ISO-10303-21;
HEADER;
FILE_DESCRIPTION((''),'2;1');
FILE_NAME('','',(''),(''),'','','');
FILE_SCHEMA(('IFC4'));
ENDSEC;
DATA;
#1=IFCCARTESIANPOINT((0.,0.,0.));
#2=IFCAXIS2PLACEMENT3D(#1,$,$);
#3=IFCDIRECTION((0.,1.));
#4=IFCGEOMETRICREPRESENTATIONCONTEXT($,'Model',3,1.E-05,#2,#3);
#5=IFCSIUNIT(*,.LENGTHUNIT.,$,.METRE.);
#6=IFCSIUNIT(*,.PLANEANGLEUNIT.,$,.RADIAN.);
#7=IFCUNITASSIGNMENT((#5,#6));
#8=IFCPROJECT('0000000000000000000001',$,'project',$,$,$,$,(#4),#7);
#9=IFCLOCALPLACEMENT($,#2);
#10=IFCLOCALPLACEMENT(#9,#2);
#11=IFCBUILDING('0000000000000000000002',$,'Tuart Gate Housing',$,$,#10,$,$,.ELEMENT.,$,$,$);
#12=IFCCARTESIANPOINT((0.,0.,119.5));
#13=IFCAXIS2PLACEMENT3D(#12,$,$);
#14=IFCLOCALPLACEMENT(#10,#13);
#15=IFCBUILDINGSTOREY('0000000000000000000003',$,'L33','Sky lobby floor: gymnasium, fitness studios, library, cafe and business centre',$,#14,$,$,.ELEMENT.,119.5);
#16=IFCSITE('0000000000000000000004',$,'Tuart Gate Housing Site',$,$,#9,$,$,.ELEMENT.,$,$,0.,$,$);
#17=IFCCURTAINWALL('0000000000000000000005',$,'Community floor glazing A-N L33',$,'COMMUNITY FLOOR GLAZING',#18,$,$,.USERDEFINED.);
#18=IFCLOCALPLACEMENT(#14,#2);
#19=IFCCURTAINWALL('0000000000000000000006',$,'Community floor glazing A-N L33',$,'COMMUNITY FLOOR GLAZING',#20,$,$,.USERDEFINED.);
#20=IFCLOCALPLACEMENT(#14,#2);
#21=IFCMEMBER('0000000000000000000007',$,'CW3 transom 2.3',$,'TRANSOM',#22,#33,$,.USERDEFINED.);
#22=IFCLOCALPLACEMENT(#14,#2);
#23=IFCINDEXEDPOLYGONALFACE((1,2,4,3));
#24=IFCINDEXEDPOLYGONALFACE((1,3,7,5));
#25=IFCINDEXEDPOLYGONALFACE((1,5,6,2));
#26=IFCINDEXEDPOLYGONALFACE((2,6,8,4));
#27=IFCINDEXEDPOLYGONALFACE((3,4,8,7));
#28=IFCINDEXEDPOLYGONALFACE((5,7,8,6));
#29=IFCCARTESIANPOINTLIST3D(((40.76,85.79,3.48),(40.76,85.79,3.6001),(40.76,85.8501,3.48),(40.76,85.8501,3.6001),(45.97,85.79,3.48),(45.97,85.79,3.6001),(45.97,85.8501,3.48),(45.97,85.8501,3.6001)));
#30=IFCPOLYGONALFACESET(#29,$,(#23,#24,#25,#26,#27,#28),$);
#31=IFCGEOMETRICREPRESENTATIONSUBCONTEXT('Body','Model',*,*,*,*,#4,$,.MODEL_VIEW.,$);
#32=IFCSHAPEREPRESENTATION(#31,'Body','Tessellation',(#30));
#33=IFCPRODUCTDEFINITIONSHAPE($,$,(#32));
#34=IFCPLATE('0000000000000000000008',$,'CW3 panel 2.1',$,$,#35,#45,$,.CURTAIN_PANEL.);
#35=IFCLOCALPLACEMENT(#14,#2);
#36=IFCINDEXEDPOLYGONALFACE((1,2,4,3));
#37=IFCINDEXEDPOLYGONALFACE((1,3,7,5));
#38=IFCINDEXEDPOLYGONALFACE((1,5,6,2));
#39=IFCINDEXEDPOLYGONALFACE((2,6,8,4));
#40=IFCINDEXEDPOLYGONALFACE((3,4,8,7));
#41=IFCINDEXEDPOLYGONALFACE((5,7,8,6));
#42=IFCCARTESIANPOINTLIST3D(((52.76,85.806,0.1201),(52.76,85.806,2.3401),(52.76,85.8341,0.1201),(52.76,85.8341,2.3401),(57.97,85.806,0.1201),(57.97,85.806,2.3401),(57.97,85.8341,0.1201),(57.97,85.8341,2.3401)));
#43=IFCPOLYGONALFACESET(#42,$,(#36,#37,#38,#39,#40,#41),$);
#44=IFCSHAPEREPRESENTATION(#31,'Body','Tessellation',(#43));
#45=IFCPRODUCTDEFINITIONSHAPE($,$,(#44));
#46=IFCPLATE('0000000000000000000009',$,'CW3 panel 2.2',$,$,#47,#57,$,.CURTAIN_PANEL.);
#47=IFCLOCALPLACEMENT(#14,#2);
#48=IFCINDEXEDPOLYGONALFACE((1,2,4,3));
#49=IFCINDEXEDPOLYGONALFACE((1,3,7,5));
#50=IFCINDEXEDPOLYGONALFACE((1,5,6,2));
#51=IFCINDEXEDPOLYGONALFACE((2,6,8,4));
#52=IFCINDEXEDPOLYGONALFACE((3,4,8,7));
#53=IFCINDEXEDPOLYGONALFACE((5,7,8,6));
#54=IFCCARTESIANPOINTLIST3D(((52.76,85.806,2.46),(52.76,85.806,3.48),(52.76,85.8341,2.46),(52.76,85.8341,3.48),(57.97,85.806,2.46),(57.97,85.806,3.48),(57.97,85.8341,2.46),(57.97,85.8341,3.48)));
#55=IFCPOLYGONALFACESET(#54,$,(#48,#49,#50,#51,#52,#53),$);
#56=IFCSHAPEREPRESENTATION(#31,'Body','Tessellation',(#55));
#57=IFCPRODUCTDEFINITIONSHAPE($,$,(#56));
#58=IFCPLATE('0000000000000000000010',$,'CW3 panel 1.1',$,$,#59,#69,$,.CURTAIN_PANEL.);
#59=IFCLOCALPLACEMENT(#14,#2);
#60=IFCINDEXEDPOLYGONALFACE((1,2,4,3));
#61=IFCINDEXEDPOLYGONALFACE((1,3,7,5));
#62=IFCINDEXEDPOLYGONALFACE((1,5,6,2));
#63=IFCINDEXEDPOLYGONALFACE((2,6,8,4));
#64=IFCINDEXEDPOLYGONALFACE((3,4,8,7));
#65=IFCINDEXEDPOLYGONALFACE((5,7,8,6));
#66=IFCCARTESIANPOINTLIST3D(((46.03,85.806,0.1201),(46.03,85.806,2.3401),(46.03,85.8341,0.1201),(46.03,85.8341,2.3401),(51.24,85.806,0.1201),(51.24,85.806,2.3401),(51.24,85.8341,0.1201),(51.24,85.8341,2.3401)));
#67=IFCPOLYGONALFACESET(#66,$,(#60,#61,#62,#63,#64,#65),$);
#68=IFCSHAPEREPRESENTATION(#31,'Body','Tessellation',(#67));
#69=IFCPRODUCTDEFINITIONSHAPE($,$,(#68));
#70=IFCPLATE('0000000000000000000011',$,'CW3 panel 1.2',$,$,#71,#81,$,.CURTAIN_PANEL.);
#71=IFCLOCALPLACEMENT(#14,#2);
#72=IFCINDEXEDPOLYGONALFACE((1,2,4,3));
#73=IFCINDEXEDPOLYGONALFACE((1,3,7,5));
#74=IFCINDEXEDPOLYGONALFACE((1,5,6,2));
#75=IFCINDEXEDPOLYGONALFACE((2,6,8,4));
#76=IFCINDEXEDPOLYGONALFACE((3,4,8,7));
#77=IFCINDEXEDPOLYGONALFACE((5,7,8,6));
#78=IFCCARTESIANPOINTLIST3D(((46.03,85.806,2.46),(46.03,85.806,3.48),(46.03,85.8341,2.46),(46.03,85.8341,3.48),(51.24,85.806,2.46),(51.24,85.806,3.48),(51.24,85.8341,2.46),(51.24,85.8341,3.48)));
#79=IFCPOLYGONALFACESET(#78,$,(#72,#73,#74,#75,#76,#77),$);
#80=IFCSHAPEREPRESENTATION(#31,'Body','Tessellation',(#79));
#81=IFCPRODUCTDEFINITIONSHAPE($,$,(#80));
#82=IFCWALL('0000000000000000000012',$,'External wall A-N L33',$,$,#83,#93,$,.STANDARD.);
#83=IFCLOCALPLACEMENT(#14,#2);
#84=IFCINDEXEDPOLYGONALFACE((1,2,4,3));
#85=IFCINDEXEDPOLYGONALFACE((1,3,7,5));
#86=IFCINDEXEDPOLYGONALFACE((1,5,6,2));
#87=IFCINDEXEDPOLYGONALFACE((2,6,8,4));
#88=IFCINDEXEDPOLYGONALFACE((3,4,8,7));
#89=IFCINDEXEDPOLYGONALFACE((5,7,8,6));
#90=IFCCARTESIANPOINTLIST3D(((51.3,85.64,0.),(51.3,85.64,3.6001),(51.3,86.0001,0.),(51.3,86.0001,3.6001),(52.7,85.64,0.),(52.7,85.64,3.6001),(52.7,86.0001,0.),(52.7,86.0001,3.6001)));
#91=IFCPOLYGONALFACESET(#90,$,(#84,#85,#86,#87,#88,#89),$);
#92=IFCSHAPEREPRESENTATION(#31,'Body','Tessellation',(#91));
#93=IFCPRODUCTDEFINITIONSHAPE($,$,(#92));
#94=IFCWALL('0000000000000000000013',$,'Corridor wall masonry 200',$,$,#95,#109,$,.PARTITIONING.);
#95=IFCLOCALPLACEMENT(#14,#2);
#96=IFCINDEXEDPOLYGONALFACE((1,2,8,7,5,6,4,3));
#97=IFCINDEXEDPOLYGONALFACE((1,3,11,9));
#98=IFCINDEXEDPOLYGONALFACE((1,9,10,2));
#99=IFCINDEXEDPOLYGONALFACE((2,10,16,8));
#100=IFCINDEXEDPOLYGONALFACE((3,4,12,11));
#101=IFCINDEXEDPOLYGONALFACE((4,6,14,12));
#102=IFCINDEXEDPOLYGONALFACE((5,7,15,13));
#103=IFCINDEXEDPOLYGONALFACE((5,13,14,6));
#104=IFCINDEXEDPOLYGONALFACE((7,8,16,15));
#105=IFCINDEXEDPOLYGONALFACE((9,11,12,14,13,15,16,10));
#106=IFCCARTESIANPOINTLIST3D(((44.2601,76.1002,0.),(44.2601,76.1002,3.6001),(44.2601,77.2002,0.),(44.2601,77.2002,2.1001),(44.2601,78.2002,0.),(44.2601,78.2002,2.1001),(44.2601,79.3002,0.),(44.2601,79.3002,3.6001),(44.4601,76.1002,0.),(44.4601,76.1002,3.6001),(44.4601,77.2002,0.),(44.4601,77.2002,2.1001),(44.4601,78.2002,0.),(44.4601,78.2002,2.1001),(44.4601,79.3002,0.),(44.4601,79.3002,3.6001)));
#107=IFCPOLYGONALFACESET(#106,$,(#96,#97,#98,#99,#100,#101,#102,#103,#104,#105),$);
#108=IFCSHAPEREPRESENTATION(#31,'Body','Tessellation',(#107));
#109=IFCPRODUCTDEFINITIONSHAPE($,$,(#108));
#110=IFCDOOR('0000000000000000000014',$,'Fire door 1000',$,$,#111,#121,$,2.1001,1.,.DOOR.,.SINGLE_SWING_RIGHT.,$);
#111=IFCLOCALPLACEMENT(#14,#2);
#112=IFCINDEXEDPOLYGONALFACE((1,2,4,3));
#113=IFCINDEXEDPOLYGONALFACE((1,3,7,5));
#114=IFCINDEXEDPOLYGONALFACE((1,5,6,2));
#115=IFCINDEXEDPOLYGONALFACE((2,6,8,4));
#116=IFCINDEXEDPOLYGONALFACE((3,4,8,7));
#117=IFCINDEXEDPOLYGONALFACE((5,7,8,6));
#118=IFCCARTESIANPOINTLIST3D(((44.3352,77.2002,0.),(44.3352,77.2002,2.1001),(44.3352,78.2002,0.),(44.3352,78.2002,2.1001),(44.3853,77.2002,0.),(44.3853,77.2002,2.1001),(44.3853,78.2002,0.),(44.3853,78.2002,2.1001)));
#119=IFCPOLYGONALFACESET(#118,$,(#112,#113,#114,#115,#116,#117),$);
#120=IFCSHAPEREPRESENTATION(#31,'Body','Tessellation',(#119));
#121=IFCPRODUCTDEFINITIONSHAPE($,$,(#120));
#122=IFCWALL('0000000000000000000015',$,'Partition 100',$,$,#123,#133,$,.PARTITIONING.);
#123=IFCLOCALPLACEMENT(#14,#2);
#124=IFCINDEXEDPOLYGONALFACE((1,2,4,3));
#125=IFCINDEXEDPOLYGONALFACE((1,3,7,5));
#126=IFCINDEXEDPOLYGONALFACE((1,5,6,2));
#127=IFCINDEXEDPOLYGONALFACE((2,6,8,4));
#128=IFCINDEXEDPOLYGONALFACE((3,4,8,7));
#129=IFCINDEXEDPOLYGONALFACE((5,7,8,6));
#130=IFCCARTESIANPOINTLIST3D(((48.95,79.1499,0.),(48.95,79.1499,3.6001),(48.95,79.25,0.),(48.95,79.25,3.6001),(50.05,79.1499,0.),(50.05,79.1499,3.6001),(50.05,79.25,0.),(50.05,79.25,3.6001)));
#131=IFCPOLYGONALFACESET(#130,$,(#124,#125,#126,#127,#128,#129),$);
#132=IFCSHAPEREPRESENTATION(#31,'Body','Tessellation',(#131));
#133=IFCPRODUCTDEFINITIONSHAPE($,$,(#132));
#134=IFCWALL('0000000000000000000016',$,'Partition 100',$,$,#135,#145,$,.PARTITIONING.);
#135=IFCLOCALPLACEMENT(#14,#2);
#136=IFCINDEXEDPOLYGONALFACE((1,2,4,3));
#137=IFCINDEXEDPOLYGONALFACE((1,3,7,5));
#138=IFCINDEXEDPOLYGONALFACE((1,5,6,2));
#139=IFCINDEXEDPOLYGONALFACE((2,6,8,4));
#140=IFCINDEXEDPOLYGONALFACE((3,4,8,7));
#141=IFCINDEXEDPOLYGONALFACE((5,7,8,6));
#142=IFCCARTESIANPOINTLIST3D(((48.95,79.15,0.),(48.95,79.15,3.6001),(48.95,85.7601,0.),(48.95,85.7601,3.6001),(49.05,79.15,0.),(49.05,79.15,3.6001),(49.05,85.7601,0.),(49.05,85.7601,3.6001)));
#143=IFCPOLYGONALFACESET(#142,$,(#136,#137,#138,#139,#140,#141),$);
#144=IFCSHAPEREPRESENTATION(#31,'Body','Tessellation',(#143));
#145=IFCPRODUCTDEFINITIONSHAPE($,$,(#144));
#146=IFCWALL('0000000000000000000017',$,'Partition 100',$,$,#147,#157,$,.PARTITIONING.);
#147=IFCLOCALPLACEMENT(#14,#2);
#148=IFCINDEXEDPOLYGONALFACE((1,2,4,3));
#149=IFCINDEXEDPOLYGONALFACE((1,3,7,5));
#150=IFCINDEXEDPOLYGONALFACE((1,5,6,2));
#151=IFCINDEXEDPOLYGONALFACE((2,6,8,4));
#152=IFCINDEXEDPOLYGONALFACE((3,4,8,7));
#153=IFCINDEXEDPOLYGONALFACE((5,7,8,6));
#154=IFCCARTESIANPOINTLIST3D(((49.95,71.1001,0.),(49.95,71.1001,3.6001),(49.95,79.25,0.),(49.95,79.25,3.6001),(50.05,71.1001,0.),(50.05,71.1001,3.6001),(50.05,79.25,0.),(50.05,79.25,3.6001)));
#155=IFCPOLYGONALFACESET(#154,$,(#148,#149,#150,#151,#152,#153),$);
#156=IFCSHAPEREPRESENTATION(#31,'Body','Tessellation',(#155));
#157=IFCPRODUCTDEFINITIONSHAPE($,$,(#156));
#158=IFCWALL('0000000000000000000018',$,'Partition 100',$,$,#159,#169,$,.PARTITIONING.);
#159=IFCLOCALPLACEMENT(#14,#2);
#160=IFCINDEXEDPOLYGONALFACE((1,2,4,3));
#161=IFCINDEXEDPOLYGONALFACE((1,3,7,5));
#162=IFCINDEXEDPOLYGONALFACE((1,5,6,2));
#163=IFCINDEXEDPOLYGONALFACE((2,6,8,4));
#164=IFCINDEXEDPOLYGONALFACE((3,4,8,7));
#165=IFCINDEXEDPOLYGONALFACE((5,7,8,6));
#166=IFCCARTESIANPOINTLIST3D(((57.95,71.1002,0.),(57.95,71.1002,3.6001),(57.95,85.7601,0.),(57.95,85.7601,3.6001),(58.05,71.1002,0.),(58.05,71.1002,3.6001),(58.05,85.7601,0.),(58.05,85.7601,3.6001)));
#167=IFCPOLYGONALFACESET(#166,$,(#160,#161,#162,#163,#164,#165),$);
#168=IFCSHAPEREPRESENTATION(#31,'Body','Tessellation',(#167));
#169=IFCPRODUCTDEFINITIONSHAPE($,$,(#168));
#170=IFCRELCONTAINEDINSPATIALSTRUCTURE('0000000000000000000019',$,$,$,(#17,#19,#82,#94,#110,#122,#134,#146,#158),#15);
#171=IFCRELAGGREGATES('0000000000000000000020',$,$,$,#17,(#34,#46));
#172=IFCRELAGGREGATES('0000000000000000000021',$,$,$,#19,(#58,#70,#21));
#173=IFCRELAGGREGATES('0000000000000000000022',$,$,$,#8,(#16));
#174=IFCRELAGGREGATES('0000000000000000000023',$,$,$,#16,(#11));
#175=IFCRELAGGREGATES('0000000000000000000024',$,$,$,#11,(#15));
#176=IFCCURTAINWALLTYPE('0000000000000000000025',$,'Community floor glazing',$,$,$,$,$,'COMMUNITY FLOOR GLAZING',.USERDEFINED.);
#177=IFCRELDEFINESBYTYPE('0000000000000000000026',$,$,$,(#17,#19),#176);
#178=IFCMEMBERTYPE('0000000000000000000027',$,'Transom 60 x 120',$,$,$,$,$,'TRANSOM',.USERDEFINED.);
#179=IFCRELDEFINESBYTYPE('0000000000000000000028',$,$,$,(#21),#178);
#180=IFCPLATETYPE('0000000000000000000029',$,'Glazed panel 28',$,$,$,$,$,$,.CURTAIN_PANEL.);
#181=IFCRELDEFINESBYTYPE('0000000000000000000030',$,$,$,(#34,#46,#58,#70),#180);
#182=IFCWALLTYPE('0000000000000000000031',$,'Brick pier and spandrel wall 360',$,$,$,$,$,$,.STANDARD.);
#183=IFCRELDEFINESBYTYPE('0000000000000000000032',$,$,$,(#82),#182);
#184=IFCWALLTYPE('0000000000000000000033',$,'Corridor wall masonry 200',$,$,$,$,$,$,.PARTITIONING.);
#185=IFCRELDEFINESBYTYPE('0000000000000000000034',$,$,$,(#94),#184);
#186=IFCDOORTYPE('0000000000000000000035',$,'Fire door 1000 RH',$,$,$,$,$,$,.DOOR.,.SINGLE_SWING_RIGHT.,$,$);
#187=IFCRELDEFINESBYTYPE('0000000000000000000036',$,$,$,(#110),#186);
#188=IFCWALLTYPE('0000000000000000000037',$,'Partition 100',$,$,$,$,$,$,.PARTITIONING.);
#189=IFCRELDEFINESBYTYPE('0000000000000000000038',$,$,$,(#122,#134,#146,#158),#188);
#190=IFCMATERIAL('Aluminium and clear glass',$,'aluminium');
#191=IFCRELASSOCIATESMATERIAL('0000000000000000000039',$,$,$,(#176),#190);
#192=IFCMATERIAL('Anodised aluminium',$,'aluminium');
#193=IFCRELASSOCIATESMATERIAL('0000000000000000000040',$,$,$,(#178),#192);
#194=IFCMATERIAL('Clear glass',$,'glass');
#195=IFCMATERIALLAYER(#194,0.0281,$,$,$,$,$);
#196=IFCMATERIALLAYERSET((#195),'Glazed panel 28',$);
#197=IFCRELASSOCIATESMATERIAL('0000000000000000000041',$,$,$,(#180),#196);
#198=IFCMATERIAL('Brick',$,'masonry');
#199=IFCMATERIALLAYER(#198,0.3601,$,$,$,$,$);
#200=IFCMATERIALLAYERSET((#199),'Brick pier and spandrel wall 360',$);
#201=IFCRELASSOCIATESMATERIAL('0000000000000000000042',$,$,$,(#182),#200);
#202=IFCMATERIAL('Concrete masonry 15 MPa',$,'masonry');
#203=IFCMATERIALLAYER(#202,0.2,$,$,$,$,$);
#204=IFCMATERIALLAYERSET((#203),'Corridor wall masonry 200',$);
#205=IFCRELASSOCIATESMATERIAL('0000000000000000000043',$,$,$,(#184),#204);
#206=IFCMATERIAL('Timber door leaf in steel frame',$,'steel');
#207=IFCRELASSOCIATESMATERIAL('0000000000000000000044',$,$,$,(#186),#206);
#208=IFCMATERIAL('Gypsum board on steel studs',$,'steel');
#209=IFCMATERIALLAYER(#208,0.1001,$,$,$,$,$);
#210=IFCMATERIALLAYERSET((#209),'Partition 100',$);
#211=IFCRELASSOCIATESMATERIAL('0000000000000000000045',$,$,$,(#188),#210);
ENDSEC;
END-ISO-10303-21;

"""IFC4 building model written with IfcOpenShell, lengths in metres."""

from ifc_helpers import new_model, si_unit, direction, frame, frame_2d, origin, origin_2d, place, context, subcontext, project, spatial, rectangle, extrude, material, layer, layer_set, material_profile, profile_set, type_object, element, fill, aggregate, save


model = new_model("IFC4")

# Units and contexts
model_context = context("Model", 3, precision=1e-05, world=origin(), true_north=direction((0.0, 1.0)))
body_context = subcontext(model_context, "Body", "Model", "MODEL_VIEW")
ifc_project = project(units=[si_unit("LENGTHUNIT", "METRE"), si_unit("PLANEANGLEUNIT", "RADIAN")], contexts=[model_context])

# Site, building, storey
site_placement = place(None, origin())
site = spatial("IfcSite", under=ifc_project, at=site_placement, Name="Tuart Gate Housing Site", CompositionType="ELEMENT", RefElevation=0.0)
building_placement = place(site_placement, origin())
building = spatial("IfcBuilding", under=site, at=building_placement, Name="Tuart Gate Housing", CompositionType="ELEMENT")
storey_placement = place(building_placement, frame((0.0, 0.0, 119.5)))
storey = spatial("IfcBuildingStorey", under=building, at=storey_placement, Name="L33", Description="Sky lobby floor: gymnasium, fitness studios, library, cafe and business centre", CompositionType="ELEMENT", Elevation=119.5)

# Curtain walls
ifc_material_1 = material(Name="Aluminium and clear glass", Category="aluminium")
curtain_wall_type = type_object("IfcCurtainWallType", Name="Community floor glazing", ElementType="COMMUNITY FLOOR GLAZING", PredefinedType="USERDEFINED", material=ifc_material_1)
curtain_wall_1_placement = place(storey_placement, origin())
curtain_wall_1 = element("IfcCurtainWall", 1, at=curtain_wall_1_placement, inside=storey, type_object=curtain_wall_type, Name="Community floor glazing A-N L33", ObjectType="COMMUNITY FLOOR GLAZING", PredefinedType="USERDEFINED")
curtain_wall_2_placement = place(storey_placement, origin())
curtain_wall_2 = element("IfcCurtainWall", 2, at=curtain_wall_2_placement, inside=storey, type_object=curtain_wall_type, Name="Community floor glazing A-N L33", ObjectType="COMMUNITY FLOOR GLAZING", PredefinedType="USERDEFINED")

# Member
ifc_material_2 = material(Name="Anodised aluminium", Category="aluminium")
ifc_material_profile_1 = material_profile(ifc_material_2, rectangle(XDim=0.0601, YDim=0.1201, at=origin_2d()), Name="60x120")
ifc_profile_set_1 = profile_set([ifc_material_profile_1], Name="Anodised aluminium")
member_type_1 = type_object("IfcMemberType", Name="Transom 60 x 120", ElementType="TRANSOM", PredefinedType="USERDEFINED", material=ifc_profile_set_1)
member_1_placement = place(storey_placement, frame((45.97, 85.8201, 3.54), z_axis=(-1.0, 0.0, 0.0), x_axis=(0.0, -1.0, 0.0)))
member_1 = element("IfcMember", 3, at=member_1_placement, type_object=member_type_1, Name="CW3 transom 2.3", ObjectType="TRANSOM", PredefinedType="USERDEFINED", context=body_context, shape_type="SweptSolid", body=[
    extrude(rectangle(XDim=0.0601, YDim=0.1201, at=origin_2d()), origin(), (0.0, 0.0, 1.0), 5.21),
])

# Plates
ifc_material_3 = material(Name="Clear glass", Category="glass")
ifc_layer_1 = layer(ifc_material_3, 0.0281)
ifc_layer_set_1 = layer_set([ifc_layer_1], Name="Glazed panel 28")
plate_type = type_object("IfcPlateType", Name="Glazed panel 28", PredefinedType="CURTAIN_PANEL", material=ifc_layer_set_1)
plate_1_placement = place(storey_placement, frame((55.365, 85.8201, 0.1201), z_axis=(0.0, 0.0, 1.0), x_axis=(-1.0, 0.0, 0.0)))
plate_1 = element("IfcPlate", 4, at=plate_1_placement, type_object=plate_type, Name="CW3 panel 2.1", PredefinedType="CURTAIN_PANEL", context=body_context, shape_type="SweptSolid", body=[
    extrude(rectangle(XDim=5.21, YDim=0.0281, at=origin_2d()), origin(), (0.0, 0.0, 1.0), 2.22),
])
plate_2_placement = place(storey_placement, frame((55.365, 85.8201, 2.46), z_axis=(0.0, 0.0, 1.0), x_axis=(-1.0, 0.0, 0.0)))
plate_2 = element("IfcPlate", 5, at=plate_2_placement, type_object=plate_type, Name="CW3 panel 2.2", PredefinedType="CURTAIN_PANEL", context=body_context, shape_type="SweptSolid", body=[
    extrude(rectangle(XDim=5.21, YDim=0.0281, at=origin_2d()), origin(), (0.0, 0.0, 1.0), 1.02),
])
aggregate(curtain_wall_1, [plate_1, plate_2])
plate_3_placement = place(storey_placement, frame((48.635, 85.8201, 0.1201), z_axis=(0.0, 0.0, 1.0), x_axis=(-1.0, 0.0, 0.0)))
plate_3 = element("IfcPlate", 6, at=plate_3_placement, type_object=plate_type, Name="CW3 panel 1.1", PredefinedType="CURTAIN_PANEL", context=body_context, shape_type="SweptSolid", body=[
    extrude(rectangle(XDim=5.21, YDim=0.0281, at=origin_2d()), origin(), (0.0, 0.0, 1.0), 2.22),
])
plate_4_placement = place(storey_placement, frame((48.635, 85.8201, 2.46), z_axis=(0.0, 0.0, 1.0), x_axis=(-1.0, 0.0, 0.0)))
plate_4 = element("IfcPlate", 7, at=plate_4_placement, type_object=plate_type, Name="CW3 panel 1.2", PredefinedType="CURTAIN_PANEL", context=body_context, shape_type="SweptSolid", body=[
    extrude(rectangle(XDim=5.21, YDim=0.0281, at=origin_2d()), origin(), (0.0, 0.0, 1.0), 1.02),
])
aggregate(curtain_wall_2, [plate_3, plate_4, member_1])

# Wall
ifc_material_4 = material(Name="Brick", Category="masonry")
ifc_layer_2 = layer(ifc_material_4, 0.3601)
ifc_layer_set_2 = layer_set([ifc_layer_2], Name="Brick pier and spandrel wall 360")
wall_type_1 = type_object("IfcWallType", Name="Brick pier and spandrel wall 360", PredefinedType="STANDARD", material=ifc_layer_set_2)
wall_1_placement = place(storey_placement, frame((52.7, 85.8201, 0.0), z_axis=(0.0, 0.0, 1.0), x_axis=(-1.0, 0.0, 0.0)))
element("IfcWall", 8, at=wall_1_placement, inside=storey, type_object=wall_type_1, Name="External wall A-N L33", PredefinedType="STANDARD", context=body_context, shape_type="SweptSolid", body=[
    extrude(rectangle(XDim=1.3999, YDim=0.3601, at=frame_2d((0.7, 0.0))), origin(), (0.0, 0.0, 1.0), 3.6001),
])

# Wall, opening, door
ifc_material_5 = material(Name="Concrete masonry 15 MPa", Category="masonry")
ifc_layer_3 = layer(ifc_material_5, 0.2)
ifc_layer_set_3 = layer_set([ifc_layer_3], Name="Corridor wall masonry 200")
wall_type_2 = type_object("IfcWallType", Name="Corridor wall masonry 200", PredefinedType="PARTITIONING", material=ifc_layer_set_3)
wall_2_placement = place(storey_placement, frame((44.3601, 76.1001, 0.0), z_axis=(0.0, 0.0, 1.0), x_axis=(0.0, 1.0, 0.0)))
wall_2 = element("IfcWall", 9, at=wall_2_placement, inside=storey, type_object=wall_type_2, Name="Corridor wall masonry 200", PredefinedType="PARTITIONING", context=body_context, shape_type="SweptSolid", body=[
    extrude(rectangle(XDim=3.2, YDim=0.2, at=frame_2d((1.6001, 0.0))), origin(), (0.0, 0.0, 1.0), 3.6001),
])
opening_placement = place(wall_2_placement, frame((1.1001, 0.0, 0.0)))
opening = element("IfcOpeningElement", 10, at=opening_placement, cuts=wall_2, PredefinedType="OPENING", context=body_context, shape_type="SweptSolid", body=[
    extrude(rectangle(XDim=1.0, YDim=2.1001, at=frame_2d((0.5, 1.05))), frame((0.0, 0.1099, 0.0), z_axis=(0.0, -1.0, 0.0), x_axis=(1.0, 0.0, 0.0)), (0.0, 0.0, 1.0), 0.22),
])
ifc_material_6 = material(Name="Timber door leaf in steel frame", Category="steel")
door_type = type_object("IfcDoorType", Name="Fire door 1000 RH", OperationType="SINGLE_SWING_RIGHT", PredefinedType="DOOR", material=ifc_material_6)
door_placement = place(opening_placement, frame((1.0, 0.0, 0.0), z_axis=(0.0, 0.0, 1.0), x_axis=(-1.0, 0.0, 0.0)))
door = element("IfcDoor", 11, at=door_placement, inside=storey, type_object=door_type, Name="Fire door 1000", OperationType="SINGLE_SWING_RIGHT", OverallHeight=2.1001, OverallWidth=1.0, PredefinedType="DOOR", context=body_context, shape_type="SweptSolid", body=[
    extrude(rectangle(XDim=1.0, YDim=2.1001, at=frame_2d((0.5, 1.05))), frame((0.0, 0.0251, 0.0), z_axis=(0.0, -1.0, 0.0), x_axis=(1.0, 0.0, 0.0)), (0.0, 0.0, 1.0), 0.05),
])
fill(opening, door)

# Walls
ifc_material_7 = material(Name="Gypsum board on steel studs", Category="steel")
ifc_layer_4 = layer(ifc_material_7, 0.1001)
ifc_layer_set_4 = layer_set([ifc_layer_4], Name="Partition 100")
wall_type_3 = type_object("IfcWallType", Name="Partition 100", PredefinedType="PARTITIONING", material=ifc_layer_set_4)
wall_3_placement = place(storey_placement, frame((48.95, 79.2, 0.0), z_axis=(0.0, 0.0, 1.0), x_axis=(1.0, 0.0, 0.0)))
element("IfcWall", 12, at=wall_3_placement, inside=storey, type_object=wall_type_3, Name="Partition 100", PredefinedType="PARTITIONING", context=body_context, shape_type="SweptSolid", body=[
    extrude(rectangle(XDim=1.1001, YDim=0.1001, at=frame_2d((0.55, 0.0))), origin(), (0.0, 0.0, 1.0), 3.6001),
])
wall_4_placement = place(storey_placement, frame((49.0, 79.1499, 0.0), z_axis=(0.0, 0.0, 1.0), x_axis=(0.0, 1.0, 0.0)))
element("IfcWall", 13, at=wall_4_placement, inside=storey, type_object=wall_type_3, Name="Partition 100", PredefinedType="PARTITIONING", context=body_context, shape_type="SweptSolid", body=[
    extrude(rectangle(XDim=6.6101, YDim=0.1001, at=frame_2d((3.3052, 0.0))), origin(), (0.0, 0.0, 1.0), 3.6001),
])
wall_5_placement = place(storey_placement, frame((50.0, 71.1001, 0.0), z_axis=(0.0, 0.0, 1.0), x_axis=(0.0, 1.0, 0.0)))
element("IfcWall", 14, at=wall_5_placement, inside=storey, type_object=wall_type_3, Name="Partition 100", PredefinedType="PARTITIONING", context=body_context, shape_type="SweptSolid", body=[
    extrude(rectangle(XDim=8.1499, YDim=0.1001, at=frame_2d((4.075, 0.0))), origin(), (0.0, 0.0, 1.0), 3.6001),
])
wall_6_placement = place(storey_placement, frame((58.0, 71.1001, 0.0), z_axis=(0.0, 0.0, 1.0), x_axis=(0.0, 1.0, 0.0)))
element("IfcWall", 15, at=wall_6_placement, inside=storey, type_object=wall_type_3, Name="Partition 100", PredefinedType="PARTITIONING", context=body_context, shape_type="SweptSolid", body=[
    extrude(rectangle(XDim=14.6599, YDim=0.1001, at=frame_2d((7.3301, 0.0))), origin(), (0.0, 0.0, 1.0), 3.6001),
])

save(model, "model.ifc")
